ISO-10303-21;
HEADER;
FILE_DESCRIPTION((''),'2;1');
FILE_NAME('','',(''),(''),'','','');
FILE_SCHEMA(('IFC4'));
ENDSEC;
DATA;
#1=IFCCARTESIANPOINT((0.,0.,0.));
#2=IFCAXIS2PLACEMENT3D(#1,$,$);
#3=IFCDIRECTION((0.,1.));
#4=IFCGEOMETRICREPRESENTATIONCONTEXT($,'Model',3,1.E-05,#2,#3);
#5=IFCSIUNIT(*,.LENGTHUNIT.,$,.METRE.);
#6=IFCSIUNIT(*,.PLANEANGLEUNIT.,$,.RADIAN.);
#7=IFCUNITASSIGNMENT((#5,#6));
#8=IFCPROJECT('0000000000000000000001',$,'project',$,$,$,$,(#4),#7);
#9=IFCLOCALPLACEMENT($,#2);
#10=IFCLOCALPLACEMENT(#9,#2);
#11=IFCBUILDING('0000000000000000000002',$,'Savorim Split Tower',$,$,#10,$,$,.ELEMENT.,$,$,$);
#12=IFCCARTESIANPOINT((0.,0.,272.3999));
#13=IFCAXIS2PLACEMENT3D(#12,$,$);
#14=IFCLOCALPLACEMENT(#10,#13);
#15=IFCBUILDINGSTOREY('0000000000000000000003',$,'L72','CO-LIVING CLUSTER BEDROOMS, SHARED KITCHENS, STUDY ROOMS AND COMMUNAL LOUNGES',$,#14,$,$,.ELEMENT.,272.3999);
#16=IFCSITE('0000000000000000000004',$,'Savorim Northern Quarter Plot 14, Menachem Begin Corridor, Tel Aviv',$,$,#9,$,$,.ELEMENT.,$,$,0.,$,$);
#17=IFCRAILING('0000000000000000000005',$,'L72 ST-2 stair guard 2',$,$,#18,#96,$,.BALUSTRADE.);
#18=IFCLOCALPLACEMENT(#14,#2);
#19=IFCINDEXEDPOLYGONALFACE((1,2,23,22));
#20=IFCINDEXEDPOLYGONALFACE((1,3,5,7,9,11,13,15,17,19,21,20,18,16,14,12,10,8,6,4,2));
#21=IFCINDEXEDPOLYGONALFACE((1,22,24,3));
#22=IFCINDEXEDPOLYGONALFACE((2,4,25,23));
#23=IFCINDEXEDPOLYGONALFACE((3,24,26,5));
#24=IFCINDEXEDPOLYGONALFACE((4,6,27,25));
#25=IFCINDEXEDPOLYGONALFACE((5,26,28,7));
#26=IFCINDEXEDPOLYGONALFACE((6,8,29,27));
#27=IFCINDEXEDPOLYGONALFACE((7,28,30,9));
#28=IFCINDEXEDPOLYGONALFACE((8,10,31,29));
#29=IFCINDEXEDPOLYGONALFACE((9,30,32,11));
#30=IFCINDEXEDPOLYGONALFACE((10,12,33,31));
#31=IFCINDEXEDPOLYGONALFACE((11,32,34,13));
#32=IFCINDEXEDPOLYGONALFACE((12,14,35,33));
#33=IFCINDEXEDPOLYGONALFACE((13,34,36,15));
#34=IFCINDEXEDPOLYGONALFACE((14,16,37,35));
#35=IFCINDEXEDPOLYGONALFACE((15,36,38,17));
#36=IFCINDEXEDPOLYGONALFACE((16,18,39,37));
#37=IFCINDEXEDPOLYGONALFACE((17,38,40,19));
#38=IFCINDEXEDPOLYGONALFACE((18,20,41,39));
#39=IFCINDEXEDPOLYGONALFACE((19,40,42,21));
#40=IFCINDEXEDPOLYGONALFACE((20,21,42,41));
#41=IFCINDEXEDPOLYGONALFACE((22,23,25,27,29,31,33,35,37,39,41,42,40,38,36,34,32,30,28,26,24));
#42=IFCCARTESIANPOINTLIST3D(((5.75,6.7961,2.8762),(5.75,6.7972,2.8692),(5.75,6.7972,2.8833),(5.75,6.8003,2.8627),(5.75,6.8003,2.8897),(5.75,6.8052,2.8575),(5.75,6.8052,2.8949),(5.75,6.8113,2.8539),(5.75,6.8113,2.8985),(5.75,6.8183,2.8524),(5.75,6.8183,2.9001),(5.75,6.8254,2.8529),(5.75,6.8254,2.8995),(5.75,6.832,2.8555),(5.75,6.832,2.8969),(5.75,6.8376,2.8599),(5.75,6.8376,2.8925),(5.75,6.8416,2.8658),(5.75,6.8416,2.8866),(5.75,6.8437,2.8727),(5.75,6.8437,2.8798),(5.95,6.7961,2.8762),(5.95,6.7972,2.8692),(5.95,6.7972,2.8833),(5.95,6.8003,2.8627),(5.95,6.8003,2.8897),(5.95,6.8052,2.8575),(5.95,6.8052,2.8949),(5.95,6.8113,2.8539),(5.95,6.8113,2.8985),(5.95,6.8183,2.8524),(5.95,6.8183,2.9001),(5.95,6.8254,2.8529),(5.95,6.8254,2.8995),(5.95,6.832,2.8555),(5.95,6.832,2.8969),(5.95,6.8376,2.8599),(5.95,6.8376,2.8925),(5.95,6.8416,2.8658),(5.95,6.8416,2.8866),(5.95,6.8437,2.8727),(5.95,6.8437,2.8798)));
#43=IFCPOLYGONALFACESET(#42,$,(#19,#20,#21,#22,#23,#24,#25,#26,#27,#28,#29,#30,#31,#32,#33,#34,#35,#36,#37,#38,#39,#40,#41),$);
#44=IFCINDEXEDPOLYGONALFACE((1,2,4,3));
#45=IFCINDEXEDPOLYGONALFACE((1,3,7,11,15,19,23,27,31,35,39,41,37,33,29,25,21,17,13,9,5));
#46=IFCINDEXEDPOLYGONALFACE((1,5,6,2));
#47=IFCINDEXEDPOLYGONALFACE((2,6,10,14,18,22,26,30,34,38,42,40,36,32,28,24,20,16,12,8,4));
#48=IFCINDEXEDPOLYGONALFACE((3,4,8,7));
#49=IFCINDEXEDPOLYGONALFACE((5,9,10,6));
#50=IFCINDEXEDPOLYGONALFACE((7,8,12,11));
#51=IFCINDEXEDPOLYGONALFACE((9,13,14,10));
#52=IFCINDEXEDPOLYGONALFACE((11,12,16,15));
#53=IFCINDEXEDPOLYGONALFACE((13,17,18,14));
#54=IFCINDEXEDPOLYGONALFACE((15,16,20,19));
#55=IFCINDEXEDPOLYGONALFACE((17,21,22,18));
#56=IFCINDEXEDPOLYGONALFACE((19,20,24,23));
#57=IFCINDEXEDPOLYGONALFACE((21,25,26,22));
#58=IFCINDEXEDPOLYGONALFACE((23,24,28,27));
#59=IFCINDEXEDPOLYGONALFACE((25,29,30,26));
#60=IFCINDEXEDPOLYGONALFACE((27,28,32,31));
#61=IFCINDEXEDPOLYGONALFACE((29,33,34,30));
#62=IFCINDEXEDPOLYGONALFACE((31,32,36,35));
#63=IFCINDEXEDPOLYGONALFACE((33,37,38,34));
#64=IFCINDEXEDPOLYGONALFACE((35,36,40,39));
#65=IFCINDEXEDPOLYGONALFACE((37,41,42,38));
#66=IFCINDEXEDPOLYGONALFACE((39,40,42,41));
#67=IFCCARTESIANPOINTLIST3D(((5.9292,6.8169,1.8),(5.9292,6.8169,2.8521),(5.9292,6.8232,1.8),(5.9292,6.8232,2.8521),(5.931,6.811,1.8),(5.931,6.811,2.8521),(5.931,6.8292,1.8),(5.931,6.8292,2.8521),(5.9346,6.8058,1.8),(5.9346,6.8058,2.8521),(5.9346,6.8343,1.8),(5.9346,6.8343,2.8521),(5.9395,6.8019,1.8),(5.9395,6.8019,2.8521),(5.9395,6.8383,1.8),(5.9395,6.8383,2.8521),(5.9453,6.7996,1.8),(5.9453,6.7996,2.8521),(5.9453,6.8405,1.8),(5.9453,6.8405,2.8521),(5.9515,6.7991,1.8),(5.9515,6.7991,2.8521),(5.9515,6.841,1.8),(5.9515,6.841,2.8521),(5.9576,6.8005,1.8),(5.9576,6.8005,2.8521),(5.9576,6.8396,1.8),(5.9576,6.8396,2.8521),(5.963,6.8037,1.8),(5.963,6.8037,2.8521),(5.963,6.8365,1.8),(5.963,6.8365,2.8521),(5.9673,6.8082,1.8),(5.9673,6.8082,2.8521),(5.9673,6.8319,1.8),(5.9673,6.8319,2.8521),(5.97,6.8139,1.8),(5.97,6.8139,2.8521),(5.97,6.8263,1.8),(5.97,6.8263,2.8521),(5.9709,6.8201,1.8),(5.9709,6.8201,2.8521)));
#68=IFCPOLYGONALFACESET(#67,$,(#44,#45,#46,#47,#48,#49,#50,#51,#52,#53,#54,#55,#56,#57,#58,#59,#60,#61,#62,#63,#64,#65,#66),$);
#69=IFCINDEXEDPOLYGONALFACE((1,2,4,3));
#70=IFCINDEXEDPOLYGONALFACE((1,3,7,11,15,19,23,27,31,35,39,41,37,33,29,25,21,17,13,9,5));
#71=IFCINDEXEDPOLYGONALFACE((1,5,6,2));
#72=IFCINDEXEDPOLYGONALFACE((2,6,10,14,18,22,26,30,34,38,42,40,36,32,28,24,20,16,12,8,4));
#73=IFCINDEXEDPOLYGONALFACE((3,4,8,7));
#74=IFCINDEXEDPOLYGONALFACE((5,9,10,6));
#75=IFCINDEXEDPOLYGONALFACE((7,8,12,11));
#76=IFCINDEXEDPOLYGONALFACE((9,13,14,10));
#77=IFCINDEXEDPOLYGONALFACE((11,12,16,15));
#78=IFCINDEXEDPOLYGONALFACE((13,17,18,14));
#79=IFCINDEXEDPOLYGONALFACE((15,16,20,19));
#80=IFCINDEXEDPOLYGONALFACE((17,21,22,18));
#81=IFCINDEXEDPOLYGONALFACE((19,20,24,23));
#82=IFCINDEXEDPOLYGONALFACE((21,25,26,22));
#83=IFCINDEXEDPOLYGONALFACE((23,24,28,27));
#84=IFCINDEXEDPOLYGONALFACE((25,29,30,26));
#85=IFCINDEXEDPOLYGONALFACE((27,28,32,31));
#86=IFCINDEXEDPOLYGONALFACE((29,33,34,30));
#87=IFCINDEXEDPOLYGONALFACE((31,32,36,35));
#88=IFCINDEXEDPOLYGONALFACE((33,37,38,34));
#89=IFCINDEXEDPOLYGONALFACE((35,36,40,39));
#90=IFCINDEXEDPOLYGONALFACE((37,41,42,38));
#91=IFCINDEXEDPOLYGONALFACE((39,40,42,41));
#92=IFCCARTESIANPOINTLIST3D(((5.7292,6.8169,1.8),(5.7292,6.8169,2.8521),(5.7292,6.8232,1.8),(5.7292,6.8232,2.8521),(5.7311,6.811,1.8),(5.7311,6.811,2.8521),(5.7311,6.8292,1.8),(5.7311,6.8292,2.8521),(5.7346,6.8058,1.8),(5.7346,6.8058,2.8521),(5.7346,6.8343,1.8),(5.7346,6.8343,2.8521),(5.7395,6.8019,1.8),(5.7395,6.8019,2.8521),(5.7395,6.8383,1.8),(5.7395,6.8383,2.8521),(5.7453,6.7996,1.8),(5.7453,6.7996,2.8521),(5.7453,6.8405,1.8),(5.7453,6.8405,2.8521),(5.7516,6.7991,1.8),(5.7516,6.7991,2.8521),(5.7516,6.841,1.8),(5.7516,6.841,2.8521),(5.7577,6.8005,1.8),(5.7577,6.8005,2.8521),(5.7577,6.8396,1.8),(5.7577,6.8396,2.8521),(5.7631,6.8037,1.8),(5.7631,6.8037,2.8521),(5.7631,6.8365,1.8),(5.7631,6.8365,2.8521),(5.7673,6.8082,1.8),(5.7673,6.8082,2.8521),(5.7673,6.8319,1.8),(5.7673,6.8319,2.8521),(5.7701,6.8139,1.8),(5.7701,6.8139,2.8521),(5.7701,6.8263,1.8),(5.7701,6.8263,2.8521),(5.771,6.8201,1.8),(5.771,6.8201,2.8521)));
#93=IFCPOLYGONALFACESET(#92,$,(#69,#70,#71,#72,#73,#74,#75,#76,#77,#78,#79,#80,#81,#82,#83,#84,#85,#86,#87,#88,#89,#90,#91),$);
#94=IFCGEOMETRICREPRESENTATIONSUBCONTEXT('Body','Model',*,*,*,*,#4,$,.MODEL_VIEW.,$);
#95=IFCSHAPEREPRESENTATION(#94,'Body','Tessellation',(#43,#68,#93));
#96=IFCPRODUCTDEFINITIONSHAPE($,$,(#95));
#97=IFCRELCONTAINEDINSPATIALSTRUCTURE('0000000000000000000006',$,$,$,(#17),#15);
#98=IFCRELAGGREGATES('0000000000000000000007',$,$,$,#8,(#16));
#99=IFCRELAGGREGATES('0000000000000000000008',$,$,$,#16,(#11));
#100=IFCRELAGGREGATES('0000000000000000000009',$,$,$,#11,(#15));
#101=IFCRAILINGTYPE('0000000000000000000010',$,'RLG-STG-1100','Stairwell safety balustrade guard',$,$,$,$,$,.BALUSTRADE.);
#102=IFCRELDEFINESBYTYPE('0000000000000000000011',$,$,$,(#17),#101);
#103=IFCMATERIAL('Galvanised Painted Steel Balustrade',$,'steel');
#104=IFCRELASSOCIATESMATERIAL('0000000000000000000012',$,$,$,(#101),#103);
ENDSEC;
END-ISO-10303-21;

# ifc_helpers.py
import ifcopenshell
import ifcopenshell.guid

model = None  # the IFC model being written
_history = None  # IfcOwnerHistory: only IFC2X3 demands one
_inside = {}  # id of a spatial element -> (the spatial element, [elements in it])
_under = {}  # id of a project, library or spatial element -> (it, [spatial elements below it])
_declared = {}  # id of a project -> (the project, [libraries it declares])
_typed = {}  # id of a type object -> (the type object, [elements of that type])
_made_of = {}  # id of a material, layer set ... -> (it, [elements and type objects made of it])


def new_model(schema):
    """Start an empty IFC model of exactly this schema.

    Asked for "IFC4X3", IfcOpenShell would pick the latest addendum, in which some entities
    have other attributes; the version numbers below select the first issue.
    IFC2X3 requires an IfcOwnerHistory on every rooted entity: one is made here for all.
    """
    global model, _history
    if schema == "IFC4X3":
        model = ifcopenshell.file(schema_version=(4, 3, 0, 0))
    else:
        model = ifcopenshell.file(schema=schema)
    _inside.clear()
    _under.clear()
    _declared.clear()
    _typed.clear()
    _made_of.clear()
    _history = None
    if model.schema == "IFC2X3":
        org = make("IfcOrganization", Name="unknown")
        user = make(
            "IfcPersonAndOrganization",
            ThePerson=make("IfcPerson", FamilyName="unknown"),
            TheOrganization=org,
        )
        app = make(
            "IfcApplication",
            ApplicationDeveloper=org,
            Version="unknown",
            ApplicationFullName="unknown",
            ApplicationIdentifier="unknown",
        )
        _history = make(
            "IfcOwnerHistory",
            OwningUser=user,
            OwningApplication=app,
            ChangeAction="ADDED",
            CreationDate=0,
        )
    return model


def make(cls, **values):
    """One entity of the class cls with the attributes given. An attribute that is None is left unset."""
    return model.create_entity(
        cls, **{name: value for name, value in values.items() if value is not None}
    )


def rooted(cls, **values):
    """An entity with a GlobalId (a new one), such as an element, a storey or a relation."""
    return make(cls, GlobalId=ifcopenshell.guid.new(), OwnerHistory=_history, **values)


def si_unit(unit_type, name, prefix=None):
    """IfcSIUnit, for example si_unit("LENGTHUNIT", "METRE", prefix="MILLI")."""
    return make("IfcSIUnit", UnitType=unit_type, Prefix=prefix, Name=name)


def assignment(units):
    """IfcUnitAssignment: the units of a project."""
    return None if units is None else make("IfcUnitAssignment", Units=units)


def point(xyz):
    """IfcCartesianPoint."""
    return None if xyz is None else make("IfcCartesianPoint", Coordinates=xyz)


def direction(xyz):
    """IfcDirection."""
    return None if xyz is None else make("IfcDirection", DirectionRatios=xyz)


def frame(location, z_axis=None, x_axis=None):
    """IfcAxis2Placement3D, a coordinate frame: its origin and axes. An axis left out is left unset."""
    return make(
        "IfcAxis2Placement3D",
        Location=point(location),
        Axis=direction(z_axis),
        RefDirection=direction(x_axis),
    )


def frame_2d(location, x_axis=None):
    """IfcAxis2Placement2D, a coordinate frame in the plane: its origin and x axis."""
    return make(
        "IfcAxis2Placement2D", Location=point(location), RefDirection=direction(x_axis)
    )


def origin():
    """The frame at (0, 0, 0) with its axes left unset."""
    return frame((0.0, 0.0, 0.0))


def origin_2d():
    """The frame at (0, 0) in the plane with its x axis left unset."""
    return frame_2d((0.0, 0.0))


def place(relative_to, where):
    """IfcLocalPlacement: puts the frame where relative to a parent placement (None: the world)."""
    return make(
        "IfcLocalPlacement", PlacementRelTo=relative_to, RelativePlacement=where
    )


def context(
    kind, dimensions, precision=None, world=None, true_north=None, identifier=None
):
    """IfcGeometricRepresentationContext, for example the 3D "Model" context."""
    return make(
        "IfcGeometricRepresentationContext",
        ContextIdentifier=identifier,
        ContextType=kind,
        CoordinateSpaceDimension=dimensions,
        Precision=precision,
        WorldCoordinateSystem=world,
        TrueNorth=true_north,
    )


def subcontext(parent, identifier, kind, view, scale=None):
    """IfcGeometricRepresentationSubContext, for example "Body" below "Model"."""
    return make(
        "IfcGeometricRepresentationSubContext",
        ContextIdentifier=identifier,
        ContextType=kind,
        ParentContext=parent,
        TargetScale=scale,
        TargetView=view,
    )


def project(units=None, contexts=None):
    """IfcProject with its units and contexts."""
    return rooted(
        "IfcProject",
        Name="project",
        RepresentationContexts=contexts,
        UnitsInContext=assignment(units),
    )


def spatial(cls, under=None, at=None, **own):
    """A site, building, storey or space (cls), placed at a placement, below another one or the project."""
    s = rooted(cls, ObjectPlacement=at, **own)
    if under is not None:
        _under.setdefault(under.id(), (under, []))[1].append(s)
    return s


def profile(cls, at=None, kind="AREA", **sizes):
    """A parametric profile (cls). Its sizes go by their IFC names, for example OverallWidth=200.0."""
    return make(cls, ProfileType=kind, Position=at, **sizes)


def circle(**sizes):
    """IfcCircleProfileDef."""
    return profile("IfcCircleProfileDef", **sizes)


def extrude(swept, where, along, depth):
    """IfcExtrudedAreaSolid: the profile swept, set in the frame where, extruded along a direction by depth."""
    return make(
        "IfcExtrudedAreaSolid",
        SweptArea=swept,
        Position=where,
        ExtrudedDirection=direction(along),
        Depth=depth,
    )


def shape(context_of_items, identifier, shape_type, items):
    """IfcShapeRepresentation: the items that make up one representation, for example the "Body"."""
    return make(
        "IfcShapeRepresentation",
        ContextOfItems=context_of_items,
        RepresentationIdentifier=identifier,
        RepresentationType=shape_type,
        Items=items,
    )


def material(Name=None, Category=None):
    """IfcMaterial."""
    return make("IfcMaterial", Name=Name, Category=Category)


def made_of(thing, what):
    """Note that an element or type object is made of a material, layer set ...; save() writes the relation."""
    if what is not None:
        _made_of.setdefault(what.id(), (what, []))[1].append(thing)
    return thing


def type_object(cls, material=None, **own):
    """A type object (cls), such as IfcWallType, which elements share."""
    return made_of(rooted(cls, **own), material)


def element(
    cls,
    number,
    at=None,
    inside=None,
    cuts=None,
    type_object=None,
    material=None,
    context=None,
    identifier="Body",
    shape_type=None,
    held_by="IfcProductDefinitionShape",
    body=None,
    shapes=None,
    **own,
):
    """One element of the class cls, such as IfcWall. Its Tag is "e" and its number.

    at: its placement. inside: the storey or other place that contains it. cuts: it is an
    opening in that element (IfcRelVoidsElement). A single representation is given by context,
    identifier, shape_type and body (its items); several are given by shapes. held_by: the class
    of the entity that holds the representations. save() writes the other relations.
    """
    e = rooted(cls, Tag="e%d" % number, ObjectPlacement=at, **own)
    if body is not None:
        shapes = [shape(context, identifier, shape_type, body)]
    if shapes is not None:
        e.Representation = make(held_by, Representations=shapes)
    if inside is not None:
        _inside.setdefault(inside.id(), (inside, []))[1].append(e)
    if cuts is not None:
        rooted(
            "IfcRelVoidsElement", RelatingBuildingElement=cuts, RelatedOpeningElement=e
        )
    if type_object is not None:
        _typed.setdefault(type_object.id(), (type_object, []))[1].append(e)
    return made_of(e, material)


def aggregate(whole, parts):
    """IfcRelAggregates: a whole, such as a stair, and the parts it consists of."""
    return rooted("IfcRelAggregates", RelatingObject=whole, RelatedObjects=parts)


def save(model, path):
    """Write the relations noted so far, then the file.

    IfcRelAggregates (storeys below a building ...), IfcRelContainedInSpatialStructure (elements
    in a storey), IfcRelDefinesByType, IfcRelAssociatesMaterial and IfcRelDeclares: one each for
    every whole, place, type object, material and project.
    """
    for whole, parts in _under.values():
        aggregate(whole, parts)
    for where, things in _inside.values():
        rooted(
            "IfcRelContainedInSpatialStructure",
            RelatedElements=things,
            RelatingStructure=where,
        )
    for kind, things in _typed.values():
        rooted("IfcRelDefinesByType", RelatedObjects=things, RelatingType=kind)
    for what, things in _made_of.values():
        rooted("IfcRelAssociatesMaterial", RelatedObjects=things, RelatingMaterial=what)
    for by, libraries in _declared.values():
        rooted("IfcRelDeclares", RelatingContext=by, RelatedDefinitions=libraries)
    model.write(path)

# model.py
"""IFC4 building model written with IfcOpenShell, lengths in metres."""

from ifc_helpers import new_model, si_unit, direction, frame, origin, origin_2d, place, context, subcontext, project, spatial, circle, extrude, material, type_object, element, save


model = new_model("IFC4")

# Units and contexts
model_context = context("Model", 3, precision=1e-05, world=origin(), true_north=direction((0.0, 1.0)))
body_context = subcontext(model_context, "Body", "Model", "MODEL_VIEW")
ifc_project = project(units=[si_unit("LENGTHUNIT", "METRE"), si_unit("PLANEANGLEUNIT", "RADIAN")], contexts=[model_context])

# Site, building, storey
site_placement = place(None, origin())
site = spatial("IfcSite", under=ifc_project, at=site_placement, Name="Savorim Northern Quarter Plot 14, Menachem Begin Corridor, Tel Aviv", CompositionType="ELEMENT", RefElevation=0.0)
building_placement = place(site_placement, origin())
building = spatial("IfcBuilding", under=site, at=building_placement, Name="Savorim Split Tower", CompositionType="ELEMENT")
storey_placement = place(building_placement, frame((0.0, 0.0, 272.3999)))
storey = spatial("IfcBuildingStorey", under=building, at=storey_placement, Name="L72", Description="CO-LIVING CLUSTER BEDROOMS, SHARED KITCHENS, STUDY ROOMS AND COMMUNAL LOUNGES", CompositionType="ELEMENT", Elevation=272.3999)

# Railing
ifc_material_1 = material(Name="Galvanised Painted Steel Balustrade", Category="steel")
railing_type_1 = type_object("IfcRailingType", Name="RLG-STG-1100", Description="Stairwell safety balustrade guard", PredefinedType="BALUSTRADE", material=ifc_material_1)
railing_1_placement = place(storey_placement, frame((5.95, 6.8201, 1.8)))
element("IfcRailing", 1, at=railing_1_placement, inside=storey, type_object=railing_type_1, Name="L72 ST-2 stair guard 2", PredefinedType="BALUSTRADE", context=body_context, shape_type="SweptSolid", body=[
    extrude(circle(Radius=0.0239, at=origin_2d()), frame((0.0, 0.0, 1.0762), z_axis=(-1.0, 0.0, 0.0), x_axis=(0.0, -1.0, 0.0)), (0.0, 0.0, 1.0), 0.2),
    extrude(circle(Radius=0.021, at=origin_2d()), origin(), (0.0, 0.0, 1.0), 1.052),
    extrude(circle(Radius=0.021, at=origin_2d()), frame((-0.2, 0.0, 0.0)), (0.0, 0.0, 1.0), 1.052),
])

save(model, "model.ifc")
